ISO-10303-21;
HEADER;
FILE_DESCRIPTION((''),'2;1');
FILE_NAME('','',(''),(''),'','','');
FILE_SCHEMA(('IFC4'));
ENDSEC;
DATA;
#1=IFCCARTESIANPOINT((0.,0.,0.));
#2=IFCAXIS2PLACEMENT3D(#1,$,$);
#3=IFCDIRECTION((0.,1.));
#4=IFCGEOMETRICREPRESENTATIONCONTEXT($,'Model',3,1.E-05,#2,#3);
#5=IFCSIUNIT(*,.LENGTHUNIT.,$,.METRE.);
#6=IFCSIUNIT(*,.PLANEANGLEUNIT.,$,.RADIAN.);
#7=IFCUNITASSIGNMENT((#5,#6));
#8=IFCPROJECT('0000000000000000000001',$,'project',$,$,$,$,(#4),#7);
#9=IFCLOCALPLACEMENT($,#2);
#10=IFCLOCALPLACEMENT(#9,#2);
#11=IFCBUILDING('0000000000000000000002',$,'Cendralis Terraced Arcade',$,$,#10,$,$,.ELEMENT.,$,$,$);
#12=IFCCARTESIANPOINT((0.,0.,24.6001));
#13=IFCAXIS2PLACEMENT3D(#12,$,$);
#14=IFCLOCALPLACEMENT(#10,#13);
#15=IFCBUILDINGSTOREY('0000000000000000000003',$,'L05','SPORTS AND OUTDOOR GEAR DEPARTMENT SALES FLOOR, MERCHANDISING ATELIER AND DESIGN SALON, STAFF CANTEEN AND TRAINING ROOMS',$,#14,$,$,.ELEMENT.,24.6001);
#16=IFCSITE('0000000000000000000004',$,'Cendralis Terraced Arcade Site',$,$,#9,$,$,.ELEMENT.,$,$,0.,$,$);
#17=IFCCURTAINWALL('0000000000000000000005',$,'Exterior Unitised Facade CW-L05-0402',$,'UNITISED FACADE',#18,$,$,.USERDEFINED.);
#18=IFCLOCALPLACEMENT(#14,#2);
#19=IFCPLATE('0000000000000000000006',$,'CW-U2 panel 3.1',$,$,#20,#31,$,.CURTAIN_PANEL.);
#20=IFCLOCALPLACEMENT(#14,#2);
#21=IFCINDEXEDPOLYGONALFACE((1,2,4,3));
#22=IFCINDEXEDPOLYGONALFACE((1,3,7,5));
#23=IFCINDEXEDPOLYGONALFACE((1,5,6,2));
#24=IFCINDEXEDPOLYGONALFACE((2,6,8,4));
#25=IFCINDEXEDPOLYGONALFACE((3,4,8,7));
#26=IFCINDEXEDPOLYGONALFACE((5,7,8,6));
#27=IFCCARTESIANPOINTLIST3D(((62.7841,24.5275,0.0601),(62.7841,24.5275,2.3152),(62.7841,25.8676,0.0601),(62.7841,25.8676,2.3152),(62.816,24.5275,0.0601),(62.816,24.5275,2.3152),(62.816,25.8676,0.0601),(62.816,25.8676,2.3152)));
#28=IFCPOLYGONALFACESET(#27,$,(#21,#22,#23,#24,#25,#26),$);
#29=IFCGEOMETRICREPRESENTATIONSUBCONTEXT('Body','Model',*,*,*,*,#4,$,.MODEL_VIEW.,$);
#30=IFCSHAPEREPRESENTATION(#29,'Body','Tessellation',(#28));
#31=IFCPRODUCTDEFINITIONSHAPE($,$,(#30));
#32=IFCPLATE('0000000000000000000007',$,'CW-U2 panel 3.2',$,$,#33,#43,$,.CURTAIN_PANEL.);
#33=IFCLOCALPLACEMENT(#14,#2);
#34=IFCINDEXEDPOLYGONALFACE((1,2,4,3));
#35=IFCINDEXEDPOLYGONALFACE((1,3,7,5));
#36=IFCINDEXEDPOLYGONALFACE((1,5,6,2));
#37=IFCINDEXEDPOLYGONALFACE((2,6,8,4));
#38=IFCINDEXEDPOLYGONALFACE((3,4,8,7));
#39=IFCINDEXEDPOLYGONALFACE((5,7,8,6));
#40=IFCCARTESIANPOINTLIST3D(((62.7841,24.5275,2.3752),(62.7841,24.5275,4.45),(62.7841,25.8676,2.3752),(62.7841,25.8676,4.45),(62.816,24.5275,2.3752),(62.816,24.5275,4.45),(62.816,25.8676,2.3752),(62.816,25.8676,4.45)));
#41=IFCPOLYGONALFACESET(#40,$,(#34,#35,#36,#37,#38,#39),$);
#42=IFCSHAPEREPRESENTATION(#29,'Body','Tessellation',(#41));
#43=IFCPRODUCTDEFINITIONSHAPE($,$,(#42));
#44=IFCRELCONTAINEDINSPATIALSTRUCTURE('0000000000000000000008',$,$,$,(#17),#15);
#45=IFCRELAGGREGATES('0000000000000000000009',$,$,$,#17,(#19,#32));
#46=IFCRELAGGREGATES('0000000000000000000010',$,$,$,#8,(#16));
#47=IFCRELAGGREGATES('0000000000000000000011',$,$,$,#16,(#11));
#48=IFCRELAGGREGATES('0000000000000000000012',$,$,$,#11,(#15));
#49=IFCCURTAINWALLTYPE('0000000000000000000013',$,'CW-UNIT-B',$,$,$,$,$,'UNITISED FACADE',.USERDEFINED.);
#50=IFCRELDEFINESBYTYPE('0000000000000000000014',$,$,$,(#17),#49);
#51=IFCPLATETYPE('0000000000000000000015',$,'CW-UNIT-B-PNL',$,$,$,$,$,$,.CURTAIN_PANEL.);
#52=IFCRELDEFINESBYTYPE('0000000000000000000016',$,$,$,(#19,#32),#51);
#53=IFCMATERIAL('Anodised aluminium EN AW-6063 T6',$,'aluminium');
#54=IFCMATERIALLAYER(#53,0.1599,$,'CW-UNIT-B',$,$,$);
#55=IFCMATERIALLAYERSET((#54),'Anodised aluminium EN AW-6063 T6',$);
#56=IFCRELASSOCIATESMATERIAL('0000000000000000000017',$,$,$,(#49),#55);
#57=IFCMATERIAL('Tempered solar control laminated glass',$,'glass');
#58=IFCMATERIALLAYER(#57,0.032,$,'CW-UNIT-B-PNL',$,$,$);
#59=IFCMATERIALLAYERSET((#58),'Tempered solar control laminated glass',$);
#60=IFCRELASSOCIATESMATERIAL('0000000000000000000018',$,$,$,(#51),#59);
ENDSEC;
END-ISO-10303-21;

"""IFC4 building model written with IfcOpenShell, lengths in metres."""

from ifc_helpers import new_model, si_unit, direction, frame, origin, origin_2d, place, context, subcontext, project, spatial, rectangle, extrude, material, layer, layer_set, type_object, element, aggregate, save


model = new_model("IFC4")

# Units and contexts
model_context = context("Model", 3, precision=1e-05, world=origin(), true_north=direction((0.0, 1.0)))
body_context = subcontext(model_context, "Body", "Model", "MODEL_VIEW")
ifc_project = project(units=[si_unit("LENGTHUNIT", "METRE"), si_unit("PLANEANGLEUNIT", "RADIAN")], contexts=[model_context])

# Site, building, storey
site_placement = place(None, origin())
site = spatial("IfcSite", under=ifc_project, at=site_placement, Name="Cendralis Terraced Arcade Site", CompositionType="ELEMENT", RefElevation=0.0)
building_placement = place(site_placement, origin())
building = spatial("IfcBuilding", under=site, at=building_placement, Name="Cendralis Terraced Arcade", CompositionType="ELEMENT")
storey_placement = place(building_placement, frame((0.0, 0.0, 24.6001)))
storey = spatial("IfcBuildingStorey", under=building, at=storey_placement, Name="L05", Description="SPORTS AND OUTDOOR GEAR DEPARTMENT SALES FLOOR, MERCHANDISING ATELIER AND DESIGN SALON, STAFF CANTEEN AND TRAINING ROOMS", CompositionType="ELEMENT", Elevation=24.6001)

# Curtain wall
ifc_material_1 = material(Name="Anodised aluminium EN AW-6063 T6", Category="aluminium")
ifc_layer_1 = layer(ifc_material_1, 0.1599, Name="CW-UNIT-B")
ifc_layer_set_1 = layer_set([ifc_layer_1], Name="Anodised aluminium EN AW-6063 T6")
curtain_wall_type = type_object("IfcCurtainWallType", Name="CW-UNIT-B", ElementType="UNITISED FACADE", PredefinedType="USERDEFINED", material=ifc_layer_set_1)
curtain_wall_1_placement = place(storey_placement, origin())
curtain_wall_1 = element("IfcCurtainWall", 1, at=curtain_wall_1_placement, inside=storey, type_object=curtain_wall_type, Name="Exterior Unitised Facade CW-L05-0402", ObjectType="UNITISED FACADE", PredefinedType="USERDEFINED")

# Plates
ifc_material_2 = material(Name="Tempered solar control laminated glass", Category="glass")
ifc_layer_2 = layer(ifc_material_2, 0.032, Name="CW-UNIT-B-PNL")
ifc_layer_set_2 = layer_set([ifc_layer_2], Name="Tempered solar control laminated glass")
plate_type = type_object("IfcPlateType", Name="CW-UNIT-B-PNL", PredefinedType="CURTAIN_PANEL", material=ifc_layer_set_2)
plate_1_placement = place(storey_placement, frame((62.8, 25.1975, 0.0601), z_axis=(0.0, 0.0, 1.0), x_axis=(0.0, -1.0, 0.0)))
plate_1 = element("IfcPlate", 2, at=plate_1_placement, type_object=plate_type, Name="CW-U2 panel 3.1", PredefinedType="CURTAIN_PANEL", context=body_context, shape_type="SweptSolid", body=[
    extrude(rectangle(XDim=1.3401, YDim=0.032, at=origin_2d()), origin(), (0.0, 0.0, 1.0), 2.2551),
])
plate_2_placement = place(storey_placement, frame((62.8, 25.1975, 2.3752), z_axis=(0.0, 0.0, 1.0), x_axis=(0.0, -1.0, 0.0)))
plate_2 = element("IfcPlate", 3, at=plate_2_placement, type_object=plate_type, Name="CW-U2 panel 3.2", PredefinedType="CURTAIN_PANEL", context=body_context, shape_type="SweptSolid", body=[
    extrude(rectangle(XDim=1.3401, YDim=0.032, at=origin_2d()), origin(), (0.0, 0.0, 1.0), 2.0747),
])
aggregate(curtain_wall_1, [plate_1, plate_2])

save(model, "model.ifc")
